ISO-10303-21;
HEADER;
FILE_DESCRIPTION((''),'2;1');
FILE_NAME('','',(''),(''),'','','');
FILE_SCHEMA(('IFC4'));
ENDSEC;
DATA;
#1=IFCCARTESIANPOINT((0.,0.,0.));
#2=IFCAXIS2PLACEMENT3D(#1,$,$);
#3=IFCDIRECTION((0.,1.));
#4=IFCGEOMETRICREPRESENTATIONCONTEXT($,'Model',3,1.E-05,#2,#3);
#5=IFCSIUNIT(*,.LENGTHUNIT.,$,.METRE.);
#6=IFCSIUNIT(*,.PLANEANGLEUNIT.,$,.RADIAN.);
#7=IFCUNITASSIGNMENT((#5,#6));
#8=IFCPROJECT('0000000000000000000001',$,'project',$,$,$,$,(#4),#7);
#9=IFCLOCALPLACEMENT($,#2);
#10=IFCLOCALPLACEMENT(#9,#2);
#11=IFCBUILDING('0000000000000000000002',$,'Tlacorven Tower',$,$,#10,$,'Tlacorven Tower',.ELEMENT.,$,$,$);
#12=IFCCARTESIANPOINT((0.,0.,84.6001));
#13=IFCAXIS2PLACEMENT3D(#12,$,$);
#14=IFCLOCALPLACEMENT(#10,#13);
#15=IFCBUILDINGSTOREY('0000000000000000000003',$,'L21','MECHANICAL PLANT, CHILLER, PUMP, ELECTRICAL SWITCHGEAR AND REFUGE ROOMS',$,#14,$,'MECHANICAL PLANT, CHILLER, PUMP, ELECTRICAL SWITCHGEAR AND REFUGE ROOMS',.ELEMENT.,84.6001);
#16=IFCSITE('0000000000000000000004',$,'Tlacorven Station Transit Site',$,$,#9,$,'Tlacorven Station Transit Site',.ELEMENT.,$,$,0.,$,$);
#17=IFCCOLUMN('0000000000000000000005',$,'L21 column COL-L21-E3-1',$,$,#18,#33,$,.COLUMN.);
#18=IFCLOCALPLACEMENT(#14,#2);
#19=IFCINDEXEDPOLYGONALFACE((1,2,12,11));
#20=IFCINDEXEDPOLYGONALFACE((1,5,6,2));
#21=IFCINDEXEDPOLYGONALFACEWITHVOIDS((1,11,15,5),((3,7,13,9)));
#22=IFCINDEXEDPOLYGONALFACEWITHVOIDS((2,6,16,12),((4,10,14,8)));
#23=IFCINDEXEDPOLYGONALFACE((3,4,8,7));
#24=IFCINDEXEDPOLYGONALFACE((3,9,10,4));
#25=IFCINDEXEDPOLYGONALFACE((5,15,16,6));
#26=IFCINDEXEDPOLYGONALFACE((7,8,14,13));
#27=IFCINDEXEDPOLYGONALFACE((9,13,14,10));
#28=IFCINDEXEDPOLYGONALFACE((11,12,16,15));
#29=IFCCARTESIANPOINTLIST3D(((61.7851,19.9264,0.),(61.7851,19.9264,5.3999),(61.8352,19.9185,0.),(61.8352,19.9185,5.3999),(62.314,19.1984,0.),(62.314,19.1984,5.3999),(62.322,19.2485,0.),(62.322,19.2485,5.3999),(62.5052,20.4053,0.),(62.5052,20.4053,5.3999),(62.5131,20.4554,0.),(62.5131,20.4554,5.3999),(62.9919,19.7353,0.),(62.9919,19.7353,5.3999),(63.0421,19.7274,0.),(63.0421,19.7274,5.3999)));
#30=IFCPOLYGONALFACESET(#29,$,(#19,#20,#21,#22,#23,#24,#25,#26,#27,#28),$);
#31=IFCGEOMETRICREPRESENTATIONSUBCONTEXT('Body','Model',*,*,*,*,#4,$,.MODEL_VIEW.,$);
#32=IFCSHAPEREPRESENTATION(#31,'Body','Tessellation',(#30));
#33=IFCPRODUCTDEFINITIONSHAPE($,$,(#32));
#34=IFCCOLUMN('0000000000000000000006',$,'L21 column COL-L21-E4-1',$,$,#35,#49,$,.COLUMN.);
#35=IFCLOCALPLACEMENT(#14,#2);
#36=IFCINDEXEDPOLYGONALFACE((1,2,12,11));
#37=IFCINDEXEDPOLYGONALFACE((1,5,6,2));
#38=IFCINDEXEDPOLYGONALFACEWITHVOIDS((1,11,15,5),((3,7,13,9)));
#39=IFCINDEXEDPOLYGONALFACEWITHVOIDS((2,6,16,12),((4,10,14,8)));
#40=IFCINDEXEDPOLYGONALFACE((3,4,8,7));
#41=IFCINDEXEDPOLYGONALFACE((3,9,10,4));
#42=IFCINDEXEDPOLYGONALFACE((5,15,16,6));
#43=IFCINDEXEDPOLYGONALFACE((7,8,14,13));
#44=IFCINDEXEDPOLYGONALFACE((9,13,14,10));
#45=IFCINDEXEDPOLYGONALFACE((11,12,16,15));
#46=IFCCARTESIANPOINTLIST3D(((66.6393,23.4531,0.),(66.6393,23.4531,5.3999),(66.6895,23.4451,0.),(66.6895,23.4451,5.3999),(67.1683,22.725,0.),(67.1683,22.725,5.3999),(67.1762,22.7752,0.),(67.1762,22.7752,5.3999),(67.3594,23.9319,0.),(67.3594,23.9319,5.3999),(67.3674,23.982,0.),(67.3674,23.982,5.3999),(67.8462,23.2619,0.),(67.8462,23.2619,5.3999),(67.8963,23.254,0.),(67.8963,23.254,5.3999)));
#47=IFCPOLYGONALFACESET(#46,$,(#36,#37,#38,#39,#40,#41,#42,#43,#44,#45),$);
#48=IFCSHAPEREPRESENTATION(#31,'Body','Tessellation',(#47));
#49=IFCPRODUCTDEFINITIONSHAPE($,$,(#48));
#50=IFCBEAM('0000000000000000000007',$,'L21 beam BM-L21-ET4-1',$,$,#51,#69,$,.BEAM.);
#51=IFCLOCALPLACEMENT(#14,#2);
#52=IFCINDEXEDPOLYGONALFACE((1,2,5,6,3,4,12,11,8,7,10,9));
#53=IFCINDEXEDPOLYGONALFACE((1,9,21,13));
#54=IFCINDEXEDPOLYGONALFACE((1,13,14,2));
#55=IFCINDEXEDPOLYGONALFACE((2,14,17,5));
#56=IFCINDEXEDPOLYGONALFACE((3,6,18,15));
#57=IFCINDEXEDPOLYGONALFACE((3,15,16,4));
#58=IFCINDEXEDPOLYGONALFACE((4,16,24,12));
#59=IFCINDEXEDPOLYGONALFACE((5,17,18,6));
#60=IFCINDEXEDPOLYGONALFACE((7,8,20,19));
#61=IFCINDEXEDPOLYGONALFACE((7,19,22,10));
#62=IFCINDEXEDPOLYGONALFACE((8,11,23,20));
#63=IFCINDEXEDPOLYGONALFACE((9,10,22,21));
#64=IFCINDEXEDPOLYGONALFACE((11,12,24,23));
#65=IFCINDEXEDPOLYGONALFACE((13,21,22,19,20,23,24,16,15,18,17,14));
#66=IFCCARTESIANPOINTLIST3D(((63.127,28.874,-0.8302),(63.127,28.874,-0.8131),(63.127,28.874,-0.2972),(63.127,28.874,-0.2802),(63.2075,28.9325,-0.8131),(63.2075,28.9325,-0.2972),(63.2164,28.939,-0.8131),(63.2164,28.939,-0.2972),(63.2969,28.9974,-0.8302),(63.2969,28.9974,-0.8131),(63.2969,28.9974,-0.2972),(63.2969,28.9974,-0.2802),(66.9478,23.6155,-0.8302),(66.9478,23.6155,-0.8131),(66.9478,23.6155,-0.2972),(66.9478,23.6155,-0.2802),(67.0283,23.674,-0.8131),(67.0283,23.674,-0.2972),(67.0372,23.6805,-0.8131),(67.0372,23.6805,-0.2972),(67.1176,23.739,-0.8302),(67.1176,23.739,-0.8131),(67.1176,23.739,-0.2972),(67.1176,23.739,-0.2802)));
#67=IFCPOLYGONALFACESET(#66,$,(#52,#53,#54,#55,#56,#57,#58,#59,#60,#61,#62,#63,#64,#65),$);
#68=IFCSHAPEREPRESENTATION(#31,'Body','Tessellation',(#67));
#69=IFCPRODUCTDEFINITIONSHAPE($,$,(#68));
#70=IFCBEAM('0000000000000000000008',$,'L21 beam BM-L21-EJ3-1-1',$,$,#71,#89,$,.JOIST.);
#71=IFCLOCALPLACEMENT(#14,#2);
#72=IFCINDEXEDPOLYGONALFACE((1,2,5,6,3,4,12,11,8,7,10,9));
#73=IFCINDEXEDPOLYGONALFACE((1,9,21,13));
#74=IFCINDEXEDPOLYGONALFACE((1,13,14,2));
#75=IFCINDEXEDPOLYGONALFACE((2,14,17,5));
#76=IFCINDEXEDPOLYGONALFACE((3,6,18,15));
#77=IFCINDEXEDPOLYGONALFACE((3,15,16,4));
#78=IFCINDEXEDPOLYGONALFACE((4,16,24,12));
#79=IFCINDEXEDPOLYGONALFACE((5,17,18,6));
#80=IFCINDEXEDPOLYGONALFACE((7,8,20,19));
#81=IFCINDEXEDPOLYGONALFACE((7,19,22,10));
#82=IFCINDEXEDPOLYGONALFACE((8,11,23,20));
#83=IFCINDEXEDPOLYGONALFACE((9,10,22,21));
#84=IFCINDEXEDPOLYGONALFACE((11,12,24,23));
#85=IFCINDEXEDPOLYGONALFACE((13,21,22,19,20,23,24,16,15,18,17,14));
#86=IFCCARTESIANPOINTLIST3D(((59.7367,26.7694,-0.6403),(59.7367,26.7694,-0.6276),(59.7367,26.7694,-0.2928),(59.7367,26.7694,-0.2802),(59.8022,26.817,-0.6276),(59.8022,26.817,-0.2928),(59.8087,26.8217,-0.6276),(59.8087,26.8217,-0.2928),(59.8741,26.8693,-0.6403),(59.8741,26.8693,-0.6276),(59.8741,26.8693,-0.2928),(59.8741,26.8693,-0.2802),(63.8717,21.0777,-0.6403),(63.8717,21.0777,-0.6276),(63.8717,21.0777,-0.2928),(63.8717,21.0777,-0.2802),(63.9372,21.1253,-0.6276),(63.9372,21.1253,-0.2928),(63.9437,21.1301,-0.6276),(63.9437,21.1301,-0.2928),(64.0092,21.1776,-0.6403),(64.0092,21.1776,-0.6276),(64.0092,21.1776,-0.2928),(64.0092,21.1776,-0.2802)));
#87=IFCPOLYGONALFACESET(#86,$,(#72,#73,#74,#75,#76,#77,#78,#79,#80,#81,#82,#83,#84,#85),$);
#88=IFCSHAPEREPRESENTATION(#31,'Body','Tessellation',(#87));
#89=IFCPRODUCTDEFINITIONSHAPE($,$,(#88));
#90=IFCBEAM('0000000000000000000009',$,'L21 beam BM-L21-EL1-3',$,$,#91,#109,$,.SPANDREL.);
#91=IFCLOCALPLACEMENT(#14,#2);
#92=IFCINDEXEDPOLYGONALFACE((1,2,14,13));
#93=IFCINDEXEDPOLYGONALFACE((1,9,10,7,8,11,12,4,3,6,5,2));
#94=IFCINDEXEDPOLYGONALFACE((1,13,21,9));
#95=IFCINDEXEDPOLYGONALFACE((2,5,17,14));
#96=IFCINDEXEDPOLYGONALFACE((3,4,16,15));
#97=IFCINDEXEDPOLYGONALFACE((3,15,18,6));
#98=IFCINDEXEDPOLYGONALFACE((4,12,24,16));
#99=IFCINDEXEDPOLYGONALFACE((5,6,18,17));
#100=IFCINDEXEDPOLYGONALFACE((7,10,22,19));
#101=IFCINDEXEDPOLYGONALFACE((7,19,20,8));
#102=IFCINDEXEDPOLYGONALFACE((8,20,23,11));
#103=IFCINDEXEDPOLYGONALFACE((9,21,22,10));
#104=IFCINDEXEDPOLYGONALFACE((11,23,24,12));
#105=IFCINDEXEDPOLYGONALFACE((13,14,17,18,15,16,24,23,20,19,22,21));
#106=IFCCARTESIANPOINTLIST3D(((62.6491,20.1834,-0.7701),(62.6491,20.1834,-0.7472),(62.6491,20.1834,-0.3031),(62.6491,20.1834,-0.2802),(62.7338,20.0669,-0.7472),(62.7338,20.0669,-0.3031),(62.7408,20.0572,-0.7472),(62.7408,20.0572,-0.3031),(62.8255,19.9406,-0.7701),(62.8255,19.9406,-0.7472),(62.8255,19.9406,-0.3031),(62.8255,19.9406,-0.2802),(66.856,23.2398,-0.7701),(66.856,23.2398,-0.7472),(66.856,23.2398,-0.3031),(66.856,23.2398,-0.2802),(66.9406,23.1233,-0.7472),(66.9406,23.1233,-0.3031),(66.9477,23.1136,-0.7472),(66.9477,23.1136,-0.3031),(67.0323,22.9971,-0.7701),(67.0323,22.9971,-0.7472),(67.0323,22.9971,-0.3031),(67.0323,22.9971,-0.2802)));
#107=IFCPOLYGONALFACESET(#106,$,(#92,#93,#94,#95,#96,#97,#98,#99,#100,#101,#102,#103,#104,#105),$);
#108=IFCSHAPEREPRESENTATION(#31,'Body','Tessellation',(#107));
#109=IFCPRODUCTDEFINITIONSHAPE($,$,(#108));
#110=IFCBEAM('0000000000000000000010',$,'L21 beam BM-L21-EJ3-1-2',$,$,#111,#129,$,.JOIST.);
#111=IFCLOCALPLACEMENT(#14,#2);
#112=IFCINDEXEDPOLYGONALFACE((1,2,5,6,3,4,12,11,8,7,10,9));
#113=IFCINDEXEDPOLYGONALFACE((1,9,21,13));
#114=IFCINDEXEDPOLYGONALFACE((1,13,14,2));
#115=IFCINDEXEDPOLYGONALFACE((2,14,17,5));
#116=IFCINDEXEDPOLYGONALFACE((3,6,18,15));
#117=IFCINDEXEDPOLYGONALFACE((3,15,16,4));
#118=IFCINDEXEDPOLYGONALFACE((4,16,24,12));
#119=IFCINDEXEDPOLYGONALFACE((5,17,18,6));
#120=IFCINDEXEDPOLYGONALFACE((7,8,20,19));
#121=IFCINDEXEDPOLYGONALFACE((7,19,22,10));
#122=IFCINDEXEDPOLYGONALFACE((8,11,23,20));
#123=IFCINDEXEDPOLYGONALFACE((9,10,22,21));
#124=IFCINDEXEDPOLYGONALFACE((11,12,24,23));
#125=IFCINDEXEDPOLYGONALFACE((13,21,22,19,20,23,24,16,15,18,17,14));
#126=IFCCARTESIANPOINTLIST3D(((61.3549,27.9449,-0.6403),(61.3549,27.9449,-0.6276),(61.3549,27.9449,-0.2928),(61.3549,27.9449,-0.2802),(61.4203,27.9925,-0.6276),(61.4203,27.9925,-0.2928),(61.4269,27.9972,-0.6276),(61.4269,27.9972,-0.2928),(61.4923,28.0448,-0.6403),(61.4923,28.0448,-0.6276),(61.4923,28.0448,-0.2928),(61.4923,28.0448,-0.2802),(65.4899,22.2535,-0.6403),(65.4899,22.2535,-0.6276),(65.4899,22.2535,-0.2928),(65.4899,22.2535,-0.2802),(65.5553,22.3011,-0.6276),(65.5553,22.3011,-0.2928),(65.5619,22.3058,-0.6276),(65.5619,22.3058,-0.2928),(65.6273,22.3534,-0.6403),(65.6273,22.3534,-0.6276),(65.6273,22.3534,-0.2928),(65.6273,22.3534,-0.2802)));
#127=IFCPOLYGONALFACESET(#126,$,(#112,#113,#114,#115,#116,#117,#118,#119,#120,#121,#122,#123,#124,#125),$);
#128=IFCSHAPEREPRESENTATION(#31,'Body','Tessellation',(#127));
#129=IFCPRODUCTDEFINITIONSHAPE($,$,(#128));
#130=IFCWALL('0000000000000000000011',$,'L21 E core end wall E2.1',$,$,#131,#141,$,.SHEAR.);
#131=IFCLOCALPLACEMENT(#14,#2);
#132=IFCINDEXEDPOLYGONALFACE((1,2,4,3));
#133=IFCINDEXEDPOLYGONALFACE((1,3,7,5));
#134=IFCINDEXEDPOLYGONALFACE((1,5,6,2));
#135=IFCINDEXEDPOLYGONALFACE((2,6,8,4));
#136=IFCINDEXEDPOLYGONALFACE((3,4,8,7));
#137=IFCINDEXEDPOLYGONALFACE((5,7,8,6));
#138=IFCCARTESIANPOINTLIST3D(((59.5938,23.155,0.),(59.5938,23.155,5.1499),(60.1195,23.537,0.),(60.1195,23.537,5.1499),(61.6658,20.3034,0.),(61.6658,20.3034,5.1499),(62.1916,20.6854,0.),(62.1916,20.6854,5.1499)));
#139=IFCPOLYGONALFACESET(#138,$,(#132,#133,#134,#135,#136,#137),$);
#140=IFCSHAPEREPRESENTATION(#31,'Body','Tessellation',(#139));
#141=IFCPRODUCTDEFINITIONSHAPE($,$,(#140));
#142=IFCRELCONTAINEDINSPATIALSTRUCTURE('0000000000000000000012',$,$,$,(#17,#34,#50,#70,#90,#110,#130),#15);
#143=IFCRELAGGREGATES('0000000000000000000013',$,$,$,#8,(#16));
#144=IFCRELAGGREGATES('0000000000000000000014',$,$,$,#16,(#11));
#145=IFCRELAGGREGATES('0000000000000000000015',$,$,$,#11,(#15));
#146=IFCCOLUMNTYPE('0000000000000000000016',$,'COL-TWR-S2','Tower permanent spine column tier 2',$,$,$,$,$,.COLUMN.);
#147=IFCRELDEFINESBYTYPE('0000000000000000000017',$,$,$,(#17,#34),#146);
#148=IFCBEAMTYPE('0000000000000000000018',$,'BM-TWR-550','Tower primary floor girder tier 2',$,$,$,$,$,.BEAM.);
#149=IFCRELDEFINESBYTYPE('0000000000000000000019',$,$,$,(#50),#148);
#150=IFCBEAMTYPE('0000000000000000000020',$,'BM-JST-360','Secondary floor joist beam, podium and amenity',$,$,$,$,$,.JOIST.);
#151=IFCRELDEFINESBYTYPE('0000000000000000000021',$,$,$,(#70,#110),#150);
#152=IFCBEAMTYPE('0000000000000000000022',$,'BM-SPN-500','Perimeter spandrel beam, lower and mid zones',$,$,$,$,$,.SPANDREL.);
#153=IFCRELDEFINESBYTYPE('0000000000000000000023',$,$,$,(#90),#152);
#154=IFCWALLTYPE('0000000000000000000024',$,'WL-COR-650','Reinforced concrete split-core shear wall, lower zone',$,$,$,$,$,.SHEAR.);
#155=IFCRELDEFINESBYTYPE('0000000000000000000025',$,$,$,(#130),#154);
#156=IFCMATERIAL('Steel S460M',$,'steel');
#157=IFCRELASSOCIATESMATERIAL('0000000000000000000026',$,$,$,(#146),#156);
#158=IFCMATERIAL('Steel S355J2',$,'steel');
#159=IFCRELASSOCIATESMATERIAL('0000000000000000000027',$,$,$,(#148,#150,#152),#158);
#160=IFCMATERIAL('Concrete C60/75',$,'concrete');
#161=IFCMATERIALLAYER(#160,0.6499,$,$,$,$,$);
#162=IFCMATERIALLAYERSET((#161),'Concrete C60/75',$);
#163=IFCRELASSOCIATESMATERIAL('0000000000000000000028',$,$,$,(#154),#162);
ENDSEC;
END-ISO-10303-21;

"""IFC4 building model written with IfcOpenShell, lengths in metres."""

from ifc_helpers import new_model, si_unit, direction, frame, frame_2d, origin, origin_2d, place, context, subcontext, project, spatial, rectangle, hollow_rectangle, i_section, extrude, source, transform, mapped, material, layer, layer_set, material_profile, profile_set, type_object, element, save


model = new_model("IFC4")

# Units and contexts
model_context = context("Model", 3, precision=1e-05, world=origin(), true_north=direction((0.0, 1.0)))
body_context = subcontext(model_context, "Body", "Model", "MODEL_VIEW")
ifc_project = project(units=[si_unit("LENGTHUNIT", "METRE"), si_unit("PLANEANGLEUNIT", "RADIAN")], contexts=[model_context])

# Site, building, storey
site_placement = place(None, origin())
site = spatial("IfcSite", under=ifc_project, at=site_placement, Name="Tlacorven Station Transit Site", LongName="Tlacorven Station Transit Site", CompositionType="ELEMENT", RefElevation=0.0)
building_placement = place(site_placement, origin())
building = spatial("IfcBuilding", under=site, at=building_placement, Name="Tlacorven Tower", LongName="Tlacorven Tower", CompositionType="ELEMENT")
storey_placement = place(building_placement, frame((0.0, 0.0, 84.6001)))
storey = spatial("IfcBuildingStorey", under=building, at=storey_placement, Name="L21", Description="MECHANICAL PLANT, CHILLER, PUMP, ELECTRICAL SWITCHGEAR AND REFUGE ROOMS", LongName="MECHANICAL PLANT, CHILLER, PUMP, ELECTRICAL SWITCHGEAR AND REFUGE ROOMS", CompositionType="ELEMENT", Elevation=84.6001)

# Columns
ifc_material_1 = material(Name="Steel S460M", Category="steel")
ifc_material_profile_1 = material_profile(ifc_material_1, hollow_rectangle(XDim=0.8999, YDim=0.8999, WallThickness=0.0359, at=origin_2d()), Name="BOX 900X900X36")
ifc_profile_set_1 = profile_set([ifc_material_profile_1], Name="Steel S460M")
column_type = type_object("IfcColumnType", Name="COL-TWR-S2", Description="Tower permanent spine column tier 2", PredefinedType="COLUMN", material=ifc_profile_set_1)
shared_shape_1 = source(origin(), body_context, "Body", "SweptSolid", [
    extrude(hollow_rectangle(XDim=0.8999, YDim=0.8999, WallThickness=0.0359, at=origin_2d()), origin(), (0.0, 0.0, 1.0), 5.3999),
])
for number, where, z_axis, x_axis, name in (
    (1, (62.4136, 19.8269, 0.0), (0.0, 0.0, 1.0), (0.809017, 0.587785, 0.0), "L21 column COL-L21-E3-1"),
    (2, (67.2678, 23.3535, 0.0), (0.0, 0.0, 1.0), (0.809017, 0.587785, 0.0), "L21 column COL-L21-E4-1"),
):
    element("IfcColumn", number, at=place(storey_placement, frame(where, z_axis=z_axis, x_axis=x_axis)), inside=storey, type_object=column_type, Name=name, PredefinedType="COLUMN", context=body_context, shape_type="MappedRepresentation", body=[
        mapped(shared_shape_1, transform((0.0, 0.0, 0.0), scale=1.0)),
    ])

# Beams
ifc_material_2 = material(Name="Steel S355J2", Category="steel")
ifc_material_profile_2 = material_profile(ifc_material_2, i_section(OverallWidth=0.21, OverallDepth=0.55, WebThickness=0.011, FlangeThickness=0.0171, at=origin_2d()), Name="IPE 550")
ifc_profile_set_2 = profile_set([ifc_material_profile_2], Name="Steel S355J2")
beam_type_1 = type_object("IfcBeamType", Name="BM-TWR-550", Description="Tower primary floor girder tier 2", PredefinedType="BEAM", material=ifc_profile_set_2)
shared_shape_2 = source(origin(), body_context, "Body", "SweptSolid", [
    extrude(i_section(OverallWidth=0.21, OverallDepth=0.55, WebThickness=0.011, FlangeThickness=0.0171, at=origin_2d()), origin(), (0.0, 0.0, 1.0), 6.5),
])
beam_1_placement = place(storey_placement, frame((67.0327, 23.6772, -0.5552), z_axis=(-0.58781, 0.808999, 0.0), x_axis=(-0.808999, -0.58781, 0.0)))
element("IfcBeam", 3, at=beam_1_placement, inside=storey, type_object=beam_type_1, Name="L21 beam BM-L21-ET4-1", PredefinedType="BEAM", context=body_context, shape_type="MappedRepresentation", body=[
    mapped(shared_shape_2, transform((0.0, 0.0, 0.0), scale=1.0)),
])
ifc_material_profile_3 = material_profile(ifc_material_2, i_section(OverallWidth=0.1699, OverallDepth=0.3601, WebThickness=0.0081, FlangeThickness=0.0127, at=origin_2d()), Name="IPE 360")
ifc_profile_set_3 = profile_set([ifc_material_profile_3], Name="Steel S355J2")
beam_type_2 = type_object("IfcBeamType", Name="BM-JST-360", Description="Secondary floor joist beam, podium and amenity", PredefinedType="JOIST", material=ifc_profile_set_3)
shared_shape_3 = source(origin(), body_context, "Body", "SweptSolid", [
    extrude(i_section(OverallWidth=0.1699, OverallDepth=0.3601, WebThickness=0.0081, FlangeThickness=0.0127, at=origin_2d()), origin(), (0.0, 0.0, 1.0), 7.0352),
])
beam_2_placement = place(storey_placement, frame((63.9404, 21.1277, -0.4602), z_axis=(-0.587765, 0.809032, 0.0), x_axis=(-0.809032, -0.587765, 0.0)))
element("IfcBeam", 4, at=beam_2_placement, inside=storey, type_object=beam_type_2, Name="L21 beam BM-L21-EJ3-1-1", PredefinedType="JOIST", context=body_context, shape_type="MappedRepresentation", body=[
    mapped(shared_shape_3, transform((0.0, 0.0, 0.0), scale=1.0)),
])
ifc_material_profile_4 = material_profile(ifc_material_2, i_section(OverallWidth=0.3, OverallDepth=0.49, WebThickness=0.012, FlangeThickness=0.0229, at=origin_2d()), Name="HEA 500")
ifc_profile_set_4 = profile_set([ifc_material_profile_4], Name="Steel S355J2")
beam_type_3 = type_object("IfcBeamType", Name="BM-SPN-500", Description="Perimeter spandrel beam, lower and mid zones", PredefinedType="SPANDREL", material=ifc_profile_set_4)
shared_shape_4 = source(origin(), body_context, "Body", "SweptSolid", [
    extrude(i_section(OverallWidth=0.3, OverallDepth=0.49, WebThickness=0.012, FlangeThickness=0.0229, at=origin_2d()), origin(), (0.0, 0.0, 1.0), 5.2),
])
beam_3_placement = place(storey_placement, frame((62.7373, 20.062, -0.5251), z_axis=(0.809018, 0.587784, 0.0), x_axis=(-0.587784, 0.809018, 0.0)))
element("IfcBeam", 5, at=beam_3_placement, inside=storey, type_object=beam_type_3, Name="L21 beam BM-L21-EL1-3", PredefinedType="SPANDREL", context=body_context, shape_type="MappedRepresentation", body=[
    mapped(shared_shape_4, transform((0.0, 0.0, 0.0), scale=1.0)),
])
shared_shape_5 = source(origin(), body_context, "Body", "SweptSolid", [
    extrude(i_section(OverallWidth=0.1699, OverallDepth=0.3601, WebThickness=0.0081, FlangeThickness=0.0127, at=origin_2d()), origin(), (0.0, 0.0, 1.0), 7.0349),
])
beam_4_placement = place(storey_placement, frame((65.5586, 22.3035, -0.4602), z_axis=(-0.587782, 0.80902, 0.0), x_axis=(-0.80902, -0.587782, 0.0)))
element("IfcBeam", 6, at=beam_4_placement, inside=storey, type_object=beam_type_2, Name="L21 beam BM-L21-EJ3-1-2", PredefinedType="JOIST", context=body_context, shape_type="MappedRepresentation", body=[
    mapped(shared_shape_5, transform((0.0, 0.0, 0.0), scale=1.0)),
])

# Wall
ifc_material_3 = material(Name="Concrete C60/75", Category="concrete")
ifc_layer_1 = layer(ifc_material_3, 0.6499)
ifc_layer_set_1 = layer_set([ifc_layer_1], Name="Concrete C60/75")
wall_type_1 = type_object("IfcWallType", Name="WL-COR-650", Description="Reinforced concrete split-core shear wall, lower zone", PredefinedType="SHEAR", material=ifc_layer_set_1)
wall_1_placement = place(storey_placement, frame((61.9287, 20.4944, 0.0), z_axis=(0.0, 0.0, 1.0), x_axis=(-0.58783, 0.808985, 0.0)))
element("IfcWall", 7, at=wall_1_placement, inside=storey, type_object=wall_type_1, Name="L21 E core end wall E2.1", PredefinedType="SHEAR", context=body_context, shape_type="SweptSolid", body=[
    extrude(rectangle(XDim=3.5249, YDim=0.6499, at=frame_2d((1.7625, 0.0))), origin(), (0.0, 0.0, 1.0), 5.1499),
])

save(model, "model.ifc")
